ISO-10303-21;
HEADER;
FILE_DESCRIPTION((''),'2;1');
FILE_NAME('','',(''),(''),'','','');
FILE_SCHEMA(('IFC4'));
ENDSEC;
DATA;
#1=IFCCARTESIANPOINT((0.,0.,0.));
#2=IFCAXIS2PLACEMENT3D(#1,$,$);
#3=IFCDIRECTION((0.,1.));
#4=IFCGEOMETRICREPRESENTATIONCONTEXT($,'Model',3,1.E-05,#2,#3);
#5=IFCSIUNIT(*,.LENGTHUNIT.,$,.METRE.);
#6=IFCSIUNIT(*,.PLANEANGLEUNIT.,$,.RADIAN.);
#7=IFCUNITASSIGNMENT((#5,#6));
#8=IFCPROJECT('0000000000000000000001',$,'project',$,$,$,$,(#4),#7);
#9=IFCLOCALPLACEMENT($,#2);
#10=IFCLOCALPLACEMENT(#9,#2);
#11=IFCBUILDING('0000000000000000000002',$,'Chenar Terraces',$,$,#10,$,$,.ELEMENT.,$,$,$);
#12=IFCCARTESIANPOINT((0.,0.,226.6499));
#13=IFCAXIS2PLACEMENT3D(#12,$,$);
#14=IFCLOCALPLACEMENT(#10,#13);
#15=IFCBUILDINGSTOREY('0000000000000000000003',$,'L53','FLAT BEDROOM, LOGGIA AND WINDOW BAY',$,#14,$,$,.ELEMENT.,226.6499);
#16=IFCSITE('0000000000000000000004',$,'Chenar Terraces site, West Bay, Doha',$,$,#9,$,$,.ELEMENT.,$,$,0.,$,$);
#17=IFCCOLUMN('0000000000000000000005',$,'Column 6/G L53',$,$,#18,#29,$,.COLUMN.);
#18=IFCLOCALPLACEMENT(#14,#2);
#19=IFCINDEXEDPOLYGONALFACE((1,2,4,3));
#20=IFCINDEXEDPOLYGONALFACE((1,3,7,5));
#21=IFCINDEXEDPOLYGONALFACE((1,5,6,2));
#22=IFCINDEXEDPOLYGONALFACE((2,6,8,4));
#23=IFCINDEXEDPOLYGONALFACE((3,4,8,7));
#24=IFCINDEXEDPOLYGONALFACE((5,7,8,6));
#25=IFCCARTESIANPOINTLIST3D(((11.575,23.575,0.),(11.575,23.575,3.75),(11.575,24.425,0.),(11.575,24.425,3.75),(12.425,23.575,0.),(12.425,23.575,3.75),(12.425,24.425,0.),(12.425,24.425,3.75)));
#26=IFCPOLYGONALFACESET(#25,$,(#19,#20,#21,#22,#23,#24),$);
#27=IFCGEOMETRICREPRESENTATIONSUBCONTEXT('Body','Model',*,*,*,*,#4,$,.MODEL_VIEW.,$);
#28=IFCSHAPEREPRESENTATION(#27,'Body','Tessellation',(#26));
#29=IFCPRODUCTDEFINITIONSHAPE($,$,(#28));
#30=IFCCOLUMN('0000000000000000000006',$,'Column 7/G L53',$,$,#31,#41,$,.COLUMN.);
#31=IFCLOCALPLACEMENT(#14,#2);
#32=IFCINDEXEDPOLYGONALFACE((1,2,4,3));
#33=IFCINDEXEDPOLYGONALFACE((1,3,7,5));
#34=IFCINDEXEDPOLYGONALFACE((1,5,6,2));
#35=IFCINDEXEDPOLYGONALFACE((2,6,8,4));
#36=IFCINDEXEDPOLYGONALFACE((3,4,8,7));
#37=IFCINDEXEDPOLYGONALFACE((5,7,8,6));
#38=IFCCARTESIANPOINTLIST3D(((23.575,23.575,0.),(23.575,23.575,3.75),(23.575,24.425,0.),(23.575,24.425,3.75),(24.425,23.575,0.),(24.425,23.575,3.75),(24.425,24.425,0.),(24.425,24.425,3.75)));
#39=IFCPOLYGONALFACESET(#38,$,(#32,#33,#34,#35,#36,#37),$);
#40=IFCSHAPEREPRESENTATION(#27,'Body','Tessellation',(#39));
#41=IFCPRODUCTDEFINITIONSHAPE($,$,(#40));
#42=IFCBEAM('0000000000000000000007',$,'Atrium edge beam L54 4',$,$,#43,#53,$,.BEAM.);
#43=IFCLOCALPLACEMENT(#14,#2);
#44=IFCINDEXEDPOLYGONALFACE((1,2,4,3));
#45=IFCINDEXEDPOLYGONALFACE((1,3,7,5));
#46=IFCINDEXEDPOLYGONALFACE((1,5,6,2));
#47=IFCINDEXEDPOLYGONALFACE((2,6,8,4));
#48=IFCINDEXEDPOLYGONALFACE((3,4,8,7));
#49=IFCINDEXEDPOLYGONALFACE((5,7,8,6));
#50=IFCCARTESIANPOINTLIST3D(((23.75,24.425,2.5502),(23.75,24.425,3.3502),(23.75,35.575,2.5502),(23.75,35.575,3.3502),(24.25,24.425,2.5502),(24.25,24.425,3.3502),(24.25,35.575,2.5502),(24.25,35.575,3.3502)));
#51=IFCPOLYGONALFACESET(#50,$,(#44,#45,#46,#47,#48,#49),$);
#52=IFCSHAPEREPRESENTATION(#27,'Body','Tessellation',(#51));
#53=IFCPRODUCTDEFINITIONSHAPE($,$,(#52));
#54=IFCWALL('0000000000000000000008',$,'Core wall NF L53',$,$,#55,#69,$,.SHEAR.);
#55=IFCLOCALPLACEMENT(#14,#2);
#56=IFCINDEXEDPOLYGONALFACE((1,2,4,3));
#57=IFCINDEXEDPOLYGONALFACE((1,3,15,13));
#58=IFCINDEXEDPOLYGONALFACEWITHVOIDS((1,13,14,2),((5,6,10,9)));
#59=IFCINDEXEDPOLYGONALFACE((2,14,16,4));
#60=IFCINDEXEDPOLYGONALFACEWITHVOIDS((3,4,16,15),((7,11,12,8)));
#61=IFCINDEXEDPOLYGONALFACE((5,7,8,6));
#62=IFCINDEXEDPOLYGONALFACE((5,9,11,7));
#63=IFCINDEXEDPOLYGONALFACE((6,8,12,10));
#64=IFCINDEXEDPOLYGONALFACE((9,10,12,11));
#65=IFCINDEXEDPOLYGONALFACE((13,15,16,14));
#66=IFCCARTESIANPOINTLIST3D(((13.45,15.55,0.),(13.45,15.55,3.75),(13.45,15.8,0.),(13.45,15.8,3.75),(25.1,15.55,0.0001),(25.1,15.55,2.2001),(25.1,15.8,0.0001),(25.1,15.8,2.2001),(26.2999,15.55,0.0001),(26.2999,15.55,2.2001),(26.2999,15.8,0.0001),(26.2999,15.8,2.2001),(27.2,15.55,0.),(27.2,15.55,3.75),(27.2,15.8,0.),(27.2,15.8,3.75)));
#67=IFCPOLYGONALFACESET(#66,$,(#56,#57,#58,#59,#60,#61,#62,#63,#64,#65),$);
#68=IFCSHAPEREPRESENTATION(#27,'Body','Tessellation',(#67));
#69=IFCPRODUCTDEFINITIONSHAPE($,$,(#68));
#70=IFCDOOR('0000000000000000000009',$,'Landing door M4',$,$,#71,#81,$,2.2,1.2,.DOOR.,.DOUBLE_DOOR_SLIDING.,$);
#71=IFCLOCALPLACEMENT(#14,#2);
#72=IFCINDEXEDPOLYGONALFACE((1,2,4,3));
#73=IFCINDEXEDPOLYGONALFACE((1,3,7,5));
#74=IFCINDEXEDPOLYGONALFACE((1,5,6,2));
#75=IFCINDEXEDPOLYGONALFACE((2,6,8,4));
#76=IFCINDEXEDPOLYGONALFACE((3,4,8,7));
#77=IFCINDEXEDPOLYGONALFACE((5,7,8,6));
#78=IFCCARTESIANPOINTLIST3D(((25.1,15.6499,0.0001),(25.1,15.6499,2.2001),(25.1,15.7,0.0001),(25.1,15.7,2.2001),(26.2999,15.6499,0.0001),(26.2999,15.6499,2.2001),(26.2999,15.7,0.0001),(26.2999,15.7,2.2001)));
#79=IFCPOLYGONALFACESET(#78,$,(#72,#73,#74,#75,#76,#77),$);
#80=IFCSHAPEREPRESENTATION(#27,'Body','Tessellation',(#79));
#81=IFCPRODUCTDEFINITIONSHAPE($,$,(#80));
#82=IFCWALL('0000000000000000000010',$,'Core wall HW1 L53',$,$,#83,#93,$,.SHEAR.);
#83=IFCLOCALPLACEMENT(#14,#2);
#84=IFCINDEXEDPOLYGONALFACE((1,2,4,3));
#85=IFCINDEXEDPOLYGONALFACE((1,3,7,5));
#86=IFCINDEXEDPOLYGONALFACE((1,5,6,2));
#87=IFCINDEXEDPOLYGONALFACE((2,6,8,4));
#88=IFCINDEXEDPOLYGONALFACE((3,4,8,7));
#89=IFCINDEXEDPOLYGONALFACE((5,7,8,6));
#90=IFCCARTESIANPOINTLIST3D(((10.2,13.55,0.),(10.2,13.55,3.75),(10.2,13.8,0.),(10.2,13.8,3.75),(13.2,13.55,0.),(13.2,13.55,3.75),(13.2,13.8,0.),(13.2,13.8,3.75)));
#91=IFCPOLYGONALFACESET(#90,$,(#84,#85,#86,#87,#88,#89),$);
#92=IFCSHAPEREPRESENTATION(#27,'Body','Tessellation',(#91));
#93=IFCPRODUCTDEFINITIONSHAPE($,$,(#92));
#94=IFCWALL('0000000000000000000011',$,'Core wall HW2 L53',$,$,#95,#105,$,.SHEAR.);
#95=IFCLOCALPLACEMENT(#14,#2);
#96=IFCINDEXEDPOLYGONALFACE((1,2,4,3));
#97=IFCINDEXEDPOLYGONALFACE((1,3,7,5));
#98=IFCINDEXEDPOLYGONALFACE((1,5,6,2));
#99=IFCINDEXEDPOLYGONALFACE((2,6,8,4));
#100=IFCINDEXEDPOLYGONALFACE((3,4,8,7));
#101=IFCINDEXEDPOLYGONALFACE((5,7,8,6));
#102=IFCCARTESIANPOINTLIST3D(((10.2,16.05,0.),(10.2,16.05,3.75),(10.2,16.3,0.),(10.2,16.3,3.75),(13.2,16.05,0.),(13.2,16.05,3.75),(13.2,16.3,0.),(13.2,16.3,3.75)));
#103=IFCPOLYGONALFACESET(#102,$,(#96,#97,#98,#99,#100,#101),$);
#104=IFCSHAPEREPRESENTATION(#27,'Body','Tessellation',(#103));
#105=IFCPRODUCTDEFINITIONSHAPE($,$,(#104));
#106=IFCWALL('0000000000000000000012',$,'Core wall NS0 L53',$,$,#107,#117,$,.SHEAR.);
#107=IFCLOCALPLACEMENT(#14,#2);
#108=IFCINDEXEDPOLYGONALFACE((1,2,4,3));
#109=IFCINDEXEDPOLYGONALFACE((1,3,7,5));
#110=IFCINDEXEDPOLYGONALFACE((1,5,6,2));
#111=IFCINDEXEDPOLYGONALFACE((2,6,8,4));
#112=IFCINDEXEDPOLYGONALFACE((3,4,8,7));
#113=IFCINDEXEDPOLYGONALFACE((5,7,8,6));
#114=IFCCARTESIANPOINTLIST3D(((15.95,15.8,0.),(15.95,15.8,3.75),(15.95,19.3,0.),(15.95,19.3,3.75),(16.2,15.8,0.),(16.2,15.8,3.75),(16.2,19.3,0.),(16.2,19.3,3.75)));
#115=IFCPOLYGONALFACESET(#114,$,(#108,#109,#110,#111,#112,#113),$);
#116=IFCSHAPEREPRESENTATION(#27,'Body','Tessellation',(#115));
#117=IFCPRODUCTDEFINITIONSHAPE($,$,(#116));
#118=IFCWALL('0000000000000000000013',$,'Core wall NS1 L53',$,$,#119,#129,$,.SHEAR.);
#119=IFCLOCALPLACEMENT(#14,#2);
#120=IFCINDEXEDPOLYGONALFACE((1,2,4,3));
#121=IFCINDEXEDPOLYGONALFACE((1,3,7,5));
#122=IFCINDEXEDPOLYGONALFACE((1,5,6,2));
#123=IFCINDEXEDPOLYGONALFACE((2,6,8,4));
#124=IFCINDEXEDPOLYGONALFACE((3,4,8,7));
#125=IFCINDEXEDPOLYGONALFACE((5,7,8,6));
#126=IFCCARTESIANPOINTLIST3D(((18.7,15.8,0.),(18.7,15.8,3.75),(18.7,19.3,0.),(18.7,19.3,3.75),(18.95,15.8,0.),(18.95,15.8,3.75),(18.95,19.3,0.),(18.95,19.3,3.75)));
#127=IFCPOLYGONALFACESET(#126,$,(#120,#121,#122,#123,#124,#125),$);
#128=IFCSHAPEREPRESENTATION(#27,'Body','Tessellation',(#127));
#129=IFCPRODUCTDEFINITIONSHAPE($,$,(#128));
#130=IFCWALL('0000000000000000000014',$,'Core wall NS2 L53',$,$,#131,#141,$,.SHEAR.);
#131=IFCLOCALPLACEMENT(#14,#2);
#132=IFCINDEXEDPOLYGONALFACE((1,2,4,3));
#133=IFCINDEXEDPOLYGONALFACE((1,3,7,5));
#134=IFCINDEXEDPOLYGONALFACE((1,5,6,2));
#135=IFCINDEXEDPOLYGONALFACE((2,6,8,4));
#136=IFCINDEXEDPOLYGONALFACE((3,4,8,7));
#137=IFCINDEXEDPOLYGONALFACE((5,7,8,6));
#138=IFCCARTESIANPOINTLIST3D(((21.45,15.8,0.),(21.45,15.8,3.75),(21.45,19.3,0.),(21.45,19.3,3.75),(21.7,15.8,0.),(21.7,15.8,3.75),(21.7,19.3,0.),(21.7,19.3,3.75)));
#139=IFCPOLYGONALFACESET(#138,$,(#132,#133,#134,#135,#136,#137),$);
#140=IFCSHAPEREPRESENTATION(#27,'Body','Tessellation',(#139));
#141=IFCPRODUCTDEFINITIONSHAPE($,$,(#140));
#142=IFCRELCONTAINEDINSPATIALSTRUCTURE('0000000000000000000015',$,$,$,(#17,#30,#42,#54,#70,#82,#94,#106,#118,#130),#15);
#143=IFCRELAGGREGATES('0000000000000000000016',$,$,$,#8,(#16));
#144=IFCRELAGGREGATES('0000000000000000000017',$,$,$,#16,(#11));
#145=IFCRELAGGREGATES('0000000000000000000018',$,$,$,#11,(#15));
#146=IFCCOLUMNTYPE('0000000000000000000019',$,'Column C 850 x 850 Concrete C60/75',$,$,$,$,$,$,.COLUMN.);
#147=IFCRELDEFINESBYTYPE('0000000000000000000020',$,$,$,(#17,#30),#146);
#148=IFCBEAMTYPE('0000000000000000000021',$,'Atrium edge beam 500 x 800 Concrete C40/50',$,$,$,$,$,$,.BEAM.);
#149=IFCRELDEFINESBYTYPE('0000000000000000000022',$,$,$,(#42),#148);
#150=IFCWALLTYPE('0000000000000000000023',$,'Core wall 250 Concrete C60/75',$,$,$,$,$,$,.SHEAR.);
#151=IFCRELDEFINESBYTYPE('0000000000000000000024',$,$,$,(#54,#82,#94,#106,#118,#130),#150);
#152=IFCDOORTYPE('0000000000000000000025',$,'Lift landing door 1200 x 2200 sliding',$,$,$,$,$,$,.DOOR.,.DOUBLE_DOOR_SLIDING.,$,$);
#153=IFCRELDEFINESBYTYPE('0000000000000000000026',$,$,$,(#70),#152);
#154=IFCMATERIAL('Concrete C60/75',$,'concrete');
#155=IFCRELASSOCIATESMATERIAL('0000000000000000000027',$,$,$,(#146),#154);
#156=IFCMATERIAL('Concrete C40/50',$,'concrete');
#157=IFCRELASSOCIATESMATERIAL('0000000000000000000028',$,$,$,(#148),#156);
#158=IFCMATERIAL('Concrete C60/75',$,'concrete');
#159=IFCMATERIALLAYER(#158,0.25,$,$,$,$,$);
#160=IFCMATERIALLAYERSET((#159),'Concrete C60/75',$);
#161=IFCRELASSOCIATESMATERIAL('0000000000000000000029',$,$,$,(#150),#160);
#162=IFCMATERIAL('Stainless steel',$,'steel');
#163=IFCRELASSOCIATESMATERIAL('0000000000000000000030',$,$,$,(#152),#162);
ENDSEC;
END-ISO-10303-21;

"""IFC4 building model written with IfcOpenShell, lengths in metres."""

from ifc_helpers import new_model, si_unit, direction, frame, frame_2d, origin, origin_2d, place, context, subcontext, project, spatial, rectangle, extrude, material, layer, layer_set, material_profile, profile_set, type_object, element, fill, save


model = new_model("IFC4")

# Units and contexts
model_context = context("Model", 3, precision=1e-05, world=origin(), true_north=direction((0.0, 1.0)))
body_context = subcontext(model_context, "Body", "Model", "MODEL_VIEW")
ifc_project = project(units=[si_unit("LENGTHUNIT", "METRE"), si_unit("PLANEANGLEUNIT", "RADIAN")], contexts=[model_context])

# Site, building, storey
site_placement = place(None, origin())
site = spatial("IfcSite", under=ifc_project, at=site_placement, Name="Chenar Terraces site, West Bay, Doha", CompositionType="ELEMENT", RefElevation=0.0)
building_placement = place(site_placement, origin())
building = spatial("IfcBuilding", under=site, at=building_placement, Name="Chenar Terraces", CompositionType="ELEMENT")
storey_placement = place(building_placement, frame((0.0, 0.0, 226.6499)))
storey = spatial("IfcBuildingStorey", under=building, at=storey_placement, Name="L53", Description="FLAT BEDROOM, LOGGIA AND WINDOW BAY", CompositionType="ELEMENT", Elevation=226.6499)

# Columns
ifc_material_1 = material(Name="Concrete C60/75", Category="concrete")
ifc_material_profile_1 = material_profile(ifc_material_1, rectangle(XDim=0.8501, YDim=0.8501, at=origin_2d()), Name="C 850 x 850")
ifc_profile_set_1 = profile_set([ifc_material_profile_1], Name="Concrete C60/75")
column_type = type_object("IfcColumnType", Name="Column C 850 x 850 Concrete C60/75", PredefinedType="COLUMN", material=ifc_profile_set_1)
for number, where, z_axis, x_axis, name in (
    (1, (12.0, 24.0, 0.0), (0.0, 0.0, 1.0), (1.0, 0.0, 0.0), "Column 6/G L53"),
    (2, (24.0, 24.0, 0.0), (0.0, 0.0, 1.0), (1.0, 0.0, 0.0), "Column 7/G L53"),
):
    element("IfcColumn", number, at=place(storey_placement, frame(where, z_axis=z_axis, x_axis=x_axis)), inside=storey, type_object=column_type, Name=name, PredefinedType="COLUMN", context=body_context, shape_type="SweptSolid", body=[
        extrude(rectangle(XDim=0.8501, YDim=0.8501, at=origin_2d()), origin(), (0.0, 0.0, 1.0), 3.75),
    ])

# Beam
ifc_material_2 = material(Name="Concrete C40/50", Category="concrete")
ifc_material_profile_2 = material_profile(ifc_material_2, rectangle(XDim=0.5, YDim=0.8, at=origin_2d()), Name="RC 500 x 800")
ifc_profile_set_2 = profile_set([ifc_material_profile_2], Name="Concrete C40/50")
beam_type = type_object("IfcBeamType", Name="Atrium edge beam 500 x 800 Concrete C40/50", PredefinedType="BEAM", material=ifc_profile_set_2)
beam_placement = place(storey_placement, frame((24.0, 35.575, 2.9502), z_axis=(0.0, -1.0, 0.0), x_axis=(1.0, 0.0, 0.0)))
element("IfcBeam", 3, at=beam_placement, inside=storey, type_object=beam_type, Name="Atrium edge beam L54 4", PredefinedType="BEAM", context=body_context, shape_type="SweptSolid", body=[
    extrude(rectangle(XDim=0.5, YDim=0.8, at=origin_2d()), origin(), (0.0, 0.0, 1.0), 11.1499),
])

# Wall, opening, door
ifc_material_3 = material(Name="Concrete C60/75", Category="concrete")
ifc_layer_1 = layer(ifc_material_3, 0.25)
ifc_layer_set_1 = layer_set([ifc_layer_1], Name="Concrete C60/75")
wall_type_1 = type_object("IfcWallType", Name="Core wall 250 Concrete C60/75", PredefinedType="SHEAR", material=ifc_layer_set_1)
wall_1_placement = place(storey_placement, frame((13.45, 15.675, 0.0), z_axis=(0.0, 0.0, 1.0), x_axis=(1.0, 0.0, 0.0)))
wall_1 = element("IfcWall", 4, at=wall_1_placement, inside=storey, type_object=wall_type_1, Name="Core wall NF L53", PredefinedType="SHEAR", context=body_context, shape_type="SweptSolid", body=[
    extrude(rectangle(XDim=13.75, YDim=0.25, at=frame_2d((6.875, 0.0))), origin(), (0.0, 0.0, 1.0), 3.75),
])
opening_1_placement = place(wall_1_placement, frame((11.6499, 0.0, 0.0)))
opening_1 = element("IfcOpeningElement", 5, at=opening_1_placement, cuts=wall_1, PredefinedType="OPENING", context=body_context, shape_type="SweptSolid", body=[
    extrude(rectangle(XDim=1.2, YDim=2.2, at=frame_2d((0.6001, 1.1001))), frame((0.0, 0.135, 0.0), z_axis=(0.0, -1.0, 0.0), x_axis=(1.0, 0.0, 0.0)), (0.0, 0.0, 1.0), 0.27),
])
ifc_material_4 = material(Name="Stainless steel", Category="steel")
door_type_1 = type_object("IfcDoorType", Name="Lift landing door 1200 x 2200 sliding", OperationType="DOUBLE_DOOR_SLIDING", PredefinedType="DOOR", material=ifc_material_4)
door_1_placement = place(opening_1_placement, origin())
door_1 = element("IfcDoor", 6, at=door_1_placement, inside=storey, type_object=door_type_1, Name="Landing door M4", OperationType="DOUBLE_DOOR_SLIDING", OverallHeight=2.2, OverallWidth=1.2, PredefinedType="DOOR", context=body_context, shape_type="SweptSolid", body=[
    extrude(rectangle(XDim=1.2, YDim=2.2, at=frame_2d((0.6001, 1.1001))), frame((0.0, 0.0249, 0.0), z_axis=(0.0, -1.0, 0.0), x_axis=(1.0, 0.0, 0.0)), (0.0, 0.0, 1.0), 0.05),
])
fill(opening_1, door_1)

# Walls
for number, where, z_axis, x_axis, name in (
    (7, (10.2, 13.675, 0.0), (0.0, 0.0, 1.0), (1.0, 0.0, 0.0), "Core wall HW1 L53"),
    (8, (10.2, 16.175, 0.0), (0.0, 0.0, 1.0), (1.0, 0.0, 0.0), "Core wall HW2 L53"),
):
    element("IfcWall", number, at=place(storey_placement, frame(where, z_axis=z_axis, x_axis=x_axis)), inside=storey, type_object=wall_type_1, Name=name, PredefinedType="SHEAR", context=body_context, shape_type="SweptSolid", body=[
        extrude(rectangle(XDim=3.0, YDim=0.25, at=frame_2d((1.5, 0.0))), origin(), (0.0, 0.0, 1.0), 3.75),
    ])
for number, where, z_axis, x_axis, name in (
    (9, (16.075, 15.8, 0.0), (0.0, 0.0, 1.0), (0.0, 1.0, 0.0), "Core wall NS0 L53"),
    (10, (18.825, 15.8, 0.0), (0.0, 0.0, 1.0), (0.0, 1.0, 0.0), "Core wall NS1 L53"),
    (11, (21.575, 15.8, 0.0), (0.0, 0.0, 1.0), (0.0, 1.0, 0.0), "Core wall NS2 L53"),
):
    element("IfcWall", number, at=place(storey_placement, frame(where, z_axis=z_axis, x_axis=x_axis)), inside=storey, type_object=wall_type_1, Name=name, PredefinedType="SHEAR", context=body_context, shape_type="SweptSolid", body=[
        extrude(rectangle(XDim=3.5, YDim=0.25, at=frame_2d((1.75, 0.0))), origin(), (0.0, 0.0, 1.0), 3.75),
    ])

save(model, "model.ifc")
